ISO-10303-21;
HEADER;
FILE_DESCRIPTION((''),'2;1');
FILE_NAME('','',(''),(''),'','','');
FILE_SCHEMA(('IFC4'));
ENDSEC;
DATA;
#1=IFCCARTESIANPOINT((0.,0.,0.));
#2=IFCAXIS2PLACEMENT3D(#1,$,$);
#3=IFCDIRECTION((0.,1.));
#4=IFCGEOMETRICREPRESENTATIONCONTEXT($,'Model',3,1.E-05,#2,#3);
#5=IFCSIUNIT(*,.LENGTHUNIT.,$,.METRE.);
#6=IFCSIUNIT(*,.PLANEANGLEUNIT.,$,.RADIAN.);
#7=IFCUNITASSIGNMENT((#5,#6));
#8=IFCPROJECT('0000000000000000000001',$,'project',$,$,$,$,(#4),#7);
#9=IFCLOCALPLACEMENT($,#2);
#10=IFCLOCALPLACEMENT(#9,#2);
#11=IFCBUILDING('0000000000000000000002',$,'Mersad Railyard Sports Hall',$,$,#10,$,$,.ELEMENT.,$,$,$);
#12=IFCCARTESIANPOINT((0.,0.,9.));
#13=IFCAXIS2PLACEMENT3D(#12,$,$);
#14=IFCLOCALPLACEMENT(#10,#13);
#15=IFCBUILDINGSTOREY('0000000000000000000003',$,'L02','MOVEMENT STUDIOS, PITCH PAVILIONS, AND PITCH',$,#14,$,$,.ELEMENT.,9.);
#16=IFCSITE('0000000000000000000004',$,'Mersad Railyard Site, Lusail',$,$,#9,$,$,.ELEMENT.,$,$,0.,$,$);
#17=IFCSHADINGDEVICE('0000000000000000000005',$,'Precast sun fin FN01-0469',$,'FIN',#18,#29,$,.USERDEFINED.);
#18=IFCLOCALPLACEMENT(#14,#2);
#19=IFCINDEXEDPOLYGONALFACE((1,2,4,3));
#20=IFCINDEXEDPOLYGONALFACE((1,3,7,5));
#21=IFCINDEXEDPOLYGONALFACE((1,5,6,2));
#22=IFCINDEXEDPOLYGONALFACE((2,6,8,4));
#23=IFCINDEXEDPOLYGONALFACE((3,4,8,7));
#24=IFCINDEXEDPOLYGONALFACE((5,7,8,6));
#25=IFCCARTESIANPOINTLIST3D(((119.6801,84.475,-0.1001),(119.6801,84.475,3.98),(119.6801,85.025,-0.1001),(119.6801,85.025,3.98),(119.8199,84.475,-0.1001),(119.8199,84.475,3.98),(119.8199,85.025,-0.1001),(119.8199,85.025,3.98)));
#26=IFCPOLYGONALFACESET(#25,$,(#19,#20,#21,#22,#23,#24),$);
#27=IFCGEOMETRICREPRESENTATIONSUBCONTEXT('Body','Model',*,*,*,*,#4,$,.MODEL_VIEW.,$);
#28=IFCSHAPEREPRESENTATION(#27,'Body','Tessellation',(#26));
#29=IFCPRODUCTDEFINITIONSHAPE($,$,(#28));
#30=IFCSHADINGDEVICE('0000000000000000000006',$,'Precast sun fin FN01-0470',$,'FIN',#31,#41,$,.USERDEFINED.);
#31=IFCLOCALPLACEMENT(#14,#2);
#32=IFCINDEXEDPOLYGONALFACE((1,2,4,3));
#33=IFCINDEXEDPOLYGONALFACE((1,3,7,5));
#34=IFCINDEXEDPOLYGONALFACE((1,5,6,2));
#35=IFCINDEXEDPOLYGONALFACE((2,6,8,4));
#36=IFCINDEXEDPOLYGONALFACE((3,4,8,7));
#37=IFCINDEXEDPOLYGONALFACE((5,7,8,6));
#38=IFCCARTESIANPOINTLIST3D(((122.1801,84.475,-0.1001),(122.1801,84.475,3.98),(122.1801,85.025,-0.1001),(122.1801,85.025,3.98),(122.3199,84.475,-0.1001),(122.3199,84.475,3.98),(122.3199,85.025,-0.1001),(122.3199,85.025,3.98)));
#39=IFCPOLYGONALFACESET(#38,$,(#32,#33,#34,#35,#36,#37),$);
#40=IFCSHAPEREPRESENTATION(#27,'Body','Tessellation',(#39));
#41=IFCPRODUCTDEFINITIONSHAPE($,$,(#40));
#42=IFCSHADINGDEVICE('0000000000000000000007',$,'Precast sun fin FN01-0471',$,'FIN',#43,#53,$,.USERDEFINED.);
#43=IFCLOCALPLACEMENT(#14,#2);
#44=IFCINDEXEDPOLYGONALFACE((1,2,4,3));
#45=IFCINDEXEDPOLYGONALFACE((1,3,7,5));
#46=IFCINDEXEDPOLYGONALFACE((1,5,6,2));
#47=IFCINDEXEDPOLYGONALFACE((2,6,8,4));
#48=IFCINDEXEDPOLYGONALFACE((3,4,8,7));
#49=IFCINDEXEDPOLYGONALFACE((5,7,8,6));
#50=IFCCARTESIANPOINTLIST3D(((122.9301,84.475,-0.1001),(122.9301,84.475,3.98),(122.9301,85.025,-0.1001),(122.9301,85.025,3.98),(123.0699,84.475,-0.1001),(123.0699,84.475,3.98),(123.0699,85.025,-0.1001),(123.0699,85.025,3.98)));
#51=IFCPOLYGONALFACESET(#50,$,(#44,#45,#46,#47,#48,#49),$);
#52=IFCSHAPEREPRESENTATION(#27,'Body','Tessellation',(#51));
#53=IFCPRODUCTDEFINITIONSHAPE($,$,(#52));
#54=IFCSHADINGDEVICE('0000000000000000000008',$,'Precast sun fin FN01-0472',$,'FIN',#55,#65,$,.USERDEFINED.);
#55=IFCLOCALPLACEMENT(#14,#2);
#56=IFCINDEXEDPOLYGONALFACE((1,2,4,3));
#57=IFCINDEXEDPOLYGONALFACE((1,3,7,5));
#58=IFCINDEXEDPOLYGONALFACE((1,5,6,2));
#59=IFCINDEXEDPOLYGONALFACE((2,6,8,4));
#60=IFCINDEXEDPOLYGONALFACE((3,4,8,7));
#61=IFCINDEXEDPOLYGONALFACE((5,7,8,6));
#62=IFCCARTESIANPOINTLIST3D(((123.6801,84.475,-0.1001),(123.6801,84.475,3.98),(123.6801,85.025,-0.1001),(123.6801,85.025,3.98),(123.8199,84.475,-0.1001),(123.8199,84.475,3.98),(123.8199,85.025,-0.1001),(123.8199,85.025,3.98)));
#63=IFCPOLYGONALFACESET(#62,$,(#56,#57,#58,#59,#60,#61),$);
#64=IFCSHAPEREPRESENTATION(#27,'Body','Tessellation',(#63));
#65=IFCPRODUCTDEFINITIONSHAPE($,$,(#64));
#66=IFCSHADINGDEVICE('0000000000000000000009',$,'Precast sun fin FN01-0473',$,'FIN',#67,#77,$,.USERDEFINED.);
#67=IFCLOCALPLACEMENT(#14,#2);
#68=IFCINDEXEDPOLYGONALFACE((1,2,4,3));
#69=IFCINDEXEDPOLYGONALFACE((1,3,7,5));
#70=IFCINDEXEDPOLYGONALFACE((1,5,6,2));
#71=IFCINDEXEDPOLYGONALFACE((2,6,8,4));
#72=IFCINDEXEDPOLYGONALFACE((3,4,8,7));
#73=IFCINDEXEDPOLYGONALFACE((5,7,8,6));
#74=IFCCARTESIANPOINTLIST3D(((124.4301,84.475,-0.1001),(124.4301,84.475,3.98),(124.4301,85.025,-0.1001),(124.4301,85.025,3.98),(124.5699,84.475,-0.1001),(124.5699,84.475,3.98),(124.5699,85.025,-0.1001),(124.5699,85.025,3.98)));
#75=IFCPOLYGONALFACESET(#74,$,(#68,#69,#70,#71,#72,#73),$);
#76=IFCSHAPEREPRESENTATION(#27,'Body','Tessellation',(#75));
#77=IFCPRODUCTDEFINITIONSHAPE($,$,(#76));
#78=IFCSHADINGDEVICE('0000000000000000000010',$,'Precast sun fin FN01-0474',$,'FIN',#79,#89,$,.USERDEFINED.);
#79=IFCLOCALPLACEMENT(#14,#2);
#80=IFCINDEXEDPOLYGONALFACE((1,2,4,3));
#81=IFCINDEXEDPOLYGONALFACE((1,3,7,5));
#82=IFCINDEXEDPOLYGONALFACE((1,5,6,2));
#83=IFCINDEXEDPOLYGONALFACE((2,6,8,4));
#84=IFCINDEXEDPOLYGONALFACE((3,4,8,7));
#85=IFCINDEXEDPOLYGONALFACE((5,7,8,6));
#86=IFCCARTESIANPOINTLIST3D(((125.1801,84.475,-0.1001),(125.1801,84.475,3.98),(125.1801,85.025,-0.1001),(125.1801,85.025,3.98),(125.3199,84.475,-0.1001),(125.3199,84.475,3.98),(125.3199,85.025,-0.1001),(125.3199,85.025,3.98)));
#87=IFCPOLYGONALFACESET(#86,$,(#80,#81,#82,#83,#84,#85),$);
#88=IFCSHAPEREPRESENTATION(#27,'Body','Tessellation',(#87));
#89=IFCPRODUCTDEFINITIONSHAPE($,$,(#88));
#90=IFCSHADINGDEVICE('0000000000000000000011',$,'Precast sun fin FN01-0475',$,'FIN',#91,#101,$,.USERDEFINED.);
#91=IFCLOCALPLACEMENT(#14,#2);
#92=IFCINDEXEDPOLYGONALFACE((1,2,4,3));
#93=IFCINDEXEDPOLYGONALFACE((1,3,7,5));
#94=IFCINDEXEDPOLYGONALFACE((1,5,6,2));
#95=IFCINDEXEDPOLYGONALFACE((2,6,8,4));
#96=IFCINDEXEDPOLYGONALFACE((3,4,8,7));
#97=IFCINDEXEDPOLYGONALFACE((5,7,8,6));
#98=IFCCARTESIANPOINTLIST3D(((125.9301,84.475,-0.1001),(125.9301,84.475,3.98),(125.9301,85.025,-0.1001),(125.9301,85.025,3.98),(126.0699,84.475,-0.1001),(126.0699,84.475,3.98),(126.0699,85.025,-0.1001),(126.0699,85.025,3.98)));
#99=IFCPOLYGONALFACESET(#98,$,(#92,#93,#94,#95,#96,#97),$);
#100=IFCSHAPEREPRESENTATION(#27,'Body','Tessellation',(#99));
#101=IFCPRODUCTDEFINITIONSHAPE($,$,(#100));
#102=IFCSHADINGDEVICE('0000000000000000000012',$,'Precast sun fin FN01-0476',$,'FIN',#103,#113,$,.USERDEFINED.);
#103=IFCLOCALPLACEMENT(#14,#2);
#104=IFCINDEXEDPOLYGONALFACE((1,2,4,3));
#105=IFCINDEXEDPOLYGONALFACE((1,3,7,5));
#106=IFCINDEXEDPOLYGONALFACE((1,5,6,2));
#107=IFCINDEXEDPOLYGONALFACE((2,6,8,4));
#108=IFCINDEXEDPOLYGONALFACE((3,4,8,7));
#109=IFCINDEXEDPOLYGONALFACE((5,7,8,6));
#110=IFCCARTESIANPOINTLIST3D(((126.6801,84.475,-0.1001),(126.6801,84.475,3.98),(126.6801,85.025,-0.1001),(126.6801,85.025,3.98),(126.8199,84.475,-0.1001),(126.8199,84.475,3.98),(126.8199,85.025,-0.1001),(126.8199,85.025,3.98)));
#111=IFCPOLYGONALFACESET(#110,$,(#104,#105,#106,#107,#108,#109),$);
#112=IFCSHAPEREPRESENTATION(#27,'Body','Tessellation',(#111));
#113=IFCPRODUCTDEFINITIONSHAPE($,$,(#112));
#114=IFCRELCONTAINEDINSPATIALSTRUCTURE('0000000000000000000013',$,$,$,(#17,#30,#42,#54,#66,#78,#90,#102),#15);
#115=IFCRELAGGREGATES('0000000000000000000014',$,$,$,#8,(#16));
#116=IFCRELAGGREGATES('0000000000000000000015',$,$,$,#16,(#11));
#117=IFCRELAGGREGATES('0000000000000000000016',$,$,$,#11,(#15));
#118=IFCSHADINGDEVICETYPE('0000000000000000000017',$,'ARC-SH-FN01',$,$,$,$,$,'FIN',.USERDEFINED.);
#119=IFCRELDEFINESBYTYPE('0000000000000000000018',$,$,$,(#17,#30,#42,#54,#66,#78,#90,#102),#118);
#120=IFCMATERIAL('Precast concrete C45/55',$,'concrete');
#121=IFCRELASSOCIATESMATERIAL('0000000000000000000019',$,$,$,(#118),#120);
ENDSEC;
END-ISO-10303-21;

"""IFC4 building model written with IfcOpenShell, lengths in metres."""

from ifc_helpers import new_model, si_unit, direction, frame, origin, origin_2d, place, context, subcontext, project, spatial, rectangle, extrude, material, type_object, element, save


model = new_model("IFC4")

# Units and contexts
model_context = context("Model", 3, precision=1e-05, world=origin(), true_north=direction((0.0, 1.0)))
body_context = subcontext(model_context, "Body", "Model", "MODEL_VIEW")
ifc_project = project(units=[si_unit("LENGTHUNIT", "METRE"), si_unit("PLANEANGLEUNIT", "RADIAN")], contexts=[model_context])

# Site, building, storey
site_placement = place(None, origin())
site = spatial("IfcSite", under=ifc_project, at=site_placement, Name="Mersad Railyard Site, Lusail", CompositionType="ELEMENT", RefElevation=0.0)
building_placement = place(site_placement, origin())
building = spatial("IfcBuilding", under=site, at=building_placement, Name="Mersad Railyard Sports Hall", CompositionType="ELEMENT")
storey_placement = place(building_placement, frame((0.0, 0.0, 9.0)))
storey = spatial("IfcBuildingStorey", under=building, at=storey_placement, Name="L02", Description="MOVEMENT STUDIOS, PITCH PAVILIONS, AND PITCH", CompositionType="ELEMENT", Elevation=9.0)

# Shading devices
ifc_material_1 = material(Name="Precast concrete C45/55", Category="concrete")
shading_device_type = type_object("IfcShadingDeviceType", Name="ARC-SH-FN01", ElementType="FIN", PredefinedType="USERDEFINED", material=ifc_material_1)
for number, where, z_axis, x_axis, name in (
    (1, (119.75, 84.75, -0.1001), (0.0, 0.0, 1.0), (1.0, 0.0, 0.0), "Precast sun fin FN01-0469"),
    (2, (122.25, 84.75, -0.1001), (0.0, 0.0, 1.0), (1.0, 0.0, 0.0), "Precast sun fin FN01-0470"),
    (3, (123.0, 84.75, -0.1001), (0.0, 0.0, 1.0), (1.0, 0.0, 0.0), "Precast sun fin FN01-0471"),
    (4, (123.75, 84.75, -0.1001), (0.0, 0.0, 1.0), (1.0, 0.0, 0.0), "Precast sun fin FN01-0472"),
    (5, (124.5, 84.75, -0.1001), (0.0, 0.0, 1.0), (1.0, 0.0, 0.0), "Precast sun fin FN01-0473"),
    (6, (125.25, 84.75, -0.1001), (0.0, 0.0, 1.0), (1.0, 0.0, 0.0), "Precast sun fin FN01-0474"),
    (7, (126.0, 84.75, -0.1001), (0.0, 0.0, 1.0), (1.0, 0.0, 0.0), "Precast sun fin FN01-0475"),
    (8, (126.75, 84.75, -0.1001), (0.0, 0.0, 1.0), (1.0, 0.0, 0.0), "Precast sun fin FN01-0476"),
):
    element("IfcShadingDevice", number, at=place(storey_placement, frame(where, z_axis=z_axis, x_axis=x_axis)), inside=storey, type_object=shading_device_type, Name=name, ObjectType="FIN", PredefinedType="USERDEFINED", context=body_context, shape_type="SweptSolid", body=[
        extrude(rectangle(XDim=0.1399, YDim=0.55, at=origin_2d()), origin(), (0.0, 0.0, 1.0), 4.0801),
    ])

save(model, "model.ifc")
